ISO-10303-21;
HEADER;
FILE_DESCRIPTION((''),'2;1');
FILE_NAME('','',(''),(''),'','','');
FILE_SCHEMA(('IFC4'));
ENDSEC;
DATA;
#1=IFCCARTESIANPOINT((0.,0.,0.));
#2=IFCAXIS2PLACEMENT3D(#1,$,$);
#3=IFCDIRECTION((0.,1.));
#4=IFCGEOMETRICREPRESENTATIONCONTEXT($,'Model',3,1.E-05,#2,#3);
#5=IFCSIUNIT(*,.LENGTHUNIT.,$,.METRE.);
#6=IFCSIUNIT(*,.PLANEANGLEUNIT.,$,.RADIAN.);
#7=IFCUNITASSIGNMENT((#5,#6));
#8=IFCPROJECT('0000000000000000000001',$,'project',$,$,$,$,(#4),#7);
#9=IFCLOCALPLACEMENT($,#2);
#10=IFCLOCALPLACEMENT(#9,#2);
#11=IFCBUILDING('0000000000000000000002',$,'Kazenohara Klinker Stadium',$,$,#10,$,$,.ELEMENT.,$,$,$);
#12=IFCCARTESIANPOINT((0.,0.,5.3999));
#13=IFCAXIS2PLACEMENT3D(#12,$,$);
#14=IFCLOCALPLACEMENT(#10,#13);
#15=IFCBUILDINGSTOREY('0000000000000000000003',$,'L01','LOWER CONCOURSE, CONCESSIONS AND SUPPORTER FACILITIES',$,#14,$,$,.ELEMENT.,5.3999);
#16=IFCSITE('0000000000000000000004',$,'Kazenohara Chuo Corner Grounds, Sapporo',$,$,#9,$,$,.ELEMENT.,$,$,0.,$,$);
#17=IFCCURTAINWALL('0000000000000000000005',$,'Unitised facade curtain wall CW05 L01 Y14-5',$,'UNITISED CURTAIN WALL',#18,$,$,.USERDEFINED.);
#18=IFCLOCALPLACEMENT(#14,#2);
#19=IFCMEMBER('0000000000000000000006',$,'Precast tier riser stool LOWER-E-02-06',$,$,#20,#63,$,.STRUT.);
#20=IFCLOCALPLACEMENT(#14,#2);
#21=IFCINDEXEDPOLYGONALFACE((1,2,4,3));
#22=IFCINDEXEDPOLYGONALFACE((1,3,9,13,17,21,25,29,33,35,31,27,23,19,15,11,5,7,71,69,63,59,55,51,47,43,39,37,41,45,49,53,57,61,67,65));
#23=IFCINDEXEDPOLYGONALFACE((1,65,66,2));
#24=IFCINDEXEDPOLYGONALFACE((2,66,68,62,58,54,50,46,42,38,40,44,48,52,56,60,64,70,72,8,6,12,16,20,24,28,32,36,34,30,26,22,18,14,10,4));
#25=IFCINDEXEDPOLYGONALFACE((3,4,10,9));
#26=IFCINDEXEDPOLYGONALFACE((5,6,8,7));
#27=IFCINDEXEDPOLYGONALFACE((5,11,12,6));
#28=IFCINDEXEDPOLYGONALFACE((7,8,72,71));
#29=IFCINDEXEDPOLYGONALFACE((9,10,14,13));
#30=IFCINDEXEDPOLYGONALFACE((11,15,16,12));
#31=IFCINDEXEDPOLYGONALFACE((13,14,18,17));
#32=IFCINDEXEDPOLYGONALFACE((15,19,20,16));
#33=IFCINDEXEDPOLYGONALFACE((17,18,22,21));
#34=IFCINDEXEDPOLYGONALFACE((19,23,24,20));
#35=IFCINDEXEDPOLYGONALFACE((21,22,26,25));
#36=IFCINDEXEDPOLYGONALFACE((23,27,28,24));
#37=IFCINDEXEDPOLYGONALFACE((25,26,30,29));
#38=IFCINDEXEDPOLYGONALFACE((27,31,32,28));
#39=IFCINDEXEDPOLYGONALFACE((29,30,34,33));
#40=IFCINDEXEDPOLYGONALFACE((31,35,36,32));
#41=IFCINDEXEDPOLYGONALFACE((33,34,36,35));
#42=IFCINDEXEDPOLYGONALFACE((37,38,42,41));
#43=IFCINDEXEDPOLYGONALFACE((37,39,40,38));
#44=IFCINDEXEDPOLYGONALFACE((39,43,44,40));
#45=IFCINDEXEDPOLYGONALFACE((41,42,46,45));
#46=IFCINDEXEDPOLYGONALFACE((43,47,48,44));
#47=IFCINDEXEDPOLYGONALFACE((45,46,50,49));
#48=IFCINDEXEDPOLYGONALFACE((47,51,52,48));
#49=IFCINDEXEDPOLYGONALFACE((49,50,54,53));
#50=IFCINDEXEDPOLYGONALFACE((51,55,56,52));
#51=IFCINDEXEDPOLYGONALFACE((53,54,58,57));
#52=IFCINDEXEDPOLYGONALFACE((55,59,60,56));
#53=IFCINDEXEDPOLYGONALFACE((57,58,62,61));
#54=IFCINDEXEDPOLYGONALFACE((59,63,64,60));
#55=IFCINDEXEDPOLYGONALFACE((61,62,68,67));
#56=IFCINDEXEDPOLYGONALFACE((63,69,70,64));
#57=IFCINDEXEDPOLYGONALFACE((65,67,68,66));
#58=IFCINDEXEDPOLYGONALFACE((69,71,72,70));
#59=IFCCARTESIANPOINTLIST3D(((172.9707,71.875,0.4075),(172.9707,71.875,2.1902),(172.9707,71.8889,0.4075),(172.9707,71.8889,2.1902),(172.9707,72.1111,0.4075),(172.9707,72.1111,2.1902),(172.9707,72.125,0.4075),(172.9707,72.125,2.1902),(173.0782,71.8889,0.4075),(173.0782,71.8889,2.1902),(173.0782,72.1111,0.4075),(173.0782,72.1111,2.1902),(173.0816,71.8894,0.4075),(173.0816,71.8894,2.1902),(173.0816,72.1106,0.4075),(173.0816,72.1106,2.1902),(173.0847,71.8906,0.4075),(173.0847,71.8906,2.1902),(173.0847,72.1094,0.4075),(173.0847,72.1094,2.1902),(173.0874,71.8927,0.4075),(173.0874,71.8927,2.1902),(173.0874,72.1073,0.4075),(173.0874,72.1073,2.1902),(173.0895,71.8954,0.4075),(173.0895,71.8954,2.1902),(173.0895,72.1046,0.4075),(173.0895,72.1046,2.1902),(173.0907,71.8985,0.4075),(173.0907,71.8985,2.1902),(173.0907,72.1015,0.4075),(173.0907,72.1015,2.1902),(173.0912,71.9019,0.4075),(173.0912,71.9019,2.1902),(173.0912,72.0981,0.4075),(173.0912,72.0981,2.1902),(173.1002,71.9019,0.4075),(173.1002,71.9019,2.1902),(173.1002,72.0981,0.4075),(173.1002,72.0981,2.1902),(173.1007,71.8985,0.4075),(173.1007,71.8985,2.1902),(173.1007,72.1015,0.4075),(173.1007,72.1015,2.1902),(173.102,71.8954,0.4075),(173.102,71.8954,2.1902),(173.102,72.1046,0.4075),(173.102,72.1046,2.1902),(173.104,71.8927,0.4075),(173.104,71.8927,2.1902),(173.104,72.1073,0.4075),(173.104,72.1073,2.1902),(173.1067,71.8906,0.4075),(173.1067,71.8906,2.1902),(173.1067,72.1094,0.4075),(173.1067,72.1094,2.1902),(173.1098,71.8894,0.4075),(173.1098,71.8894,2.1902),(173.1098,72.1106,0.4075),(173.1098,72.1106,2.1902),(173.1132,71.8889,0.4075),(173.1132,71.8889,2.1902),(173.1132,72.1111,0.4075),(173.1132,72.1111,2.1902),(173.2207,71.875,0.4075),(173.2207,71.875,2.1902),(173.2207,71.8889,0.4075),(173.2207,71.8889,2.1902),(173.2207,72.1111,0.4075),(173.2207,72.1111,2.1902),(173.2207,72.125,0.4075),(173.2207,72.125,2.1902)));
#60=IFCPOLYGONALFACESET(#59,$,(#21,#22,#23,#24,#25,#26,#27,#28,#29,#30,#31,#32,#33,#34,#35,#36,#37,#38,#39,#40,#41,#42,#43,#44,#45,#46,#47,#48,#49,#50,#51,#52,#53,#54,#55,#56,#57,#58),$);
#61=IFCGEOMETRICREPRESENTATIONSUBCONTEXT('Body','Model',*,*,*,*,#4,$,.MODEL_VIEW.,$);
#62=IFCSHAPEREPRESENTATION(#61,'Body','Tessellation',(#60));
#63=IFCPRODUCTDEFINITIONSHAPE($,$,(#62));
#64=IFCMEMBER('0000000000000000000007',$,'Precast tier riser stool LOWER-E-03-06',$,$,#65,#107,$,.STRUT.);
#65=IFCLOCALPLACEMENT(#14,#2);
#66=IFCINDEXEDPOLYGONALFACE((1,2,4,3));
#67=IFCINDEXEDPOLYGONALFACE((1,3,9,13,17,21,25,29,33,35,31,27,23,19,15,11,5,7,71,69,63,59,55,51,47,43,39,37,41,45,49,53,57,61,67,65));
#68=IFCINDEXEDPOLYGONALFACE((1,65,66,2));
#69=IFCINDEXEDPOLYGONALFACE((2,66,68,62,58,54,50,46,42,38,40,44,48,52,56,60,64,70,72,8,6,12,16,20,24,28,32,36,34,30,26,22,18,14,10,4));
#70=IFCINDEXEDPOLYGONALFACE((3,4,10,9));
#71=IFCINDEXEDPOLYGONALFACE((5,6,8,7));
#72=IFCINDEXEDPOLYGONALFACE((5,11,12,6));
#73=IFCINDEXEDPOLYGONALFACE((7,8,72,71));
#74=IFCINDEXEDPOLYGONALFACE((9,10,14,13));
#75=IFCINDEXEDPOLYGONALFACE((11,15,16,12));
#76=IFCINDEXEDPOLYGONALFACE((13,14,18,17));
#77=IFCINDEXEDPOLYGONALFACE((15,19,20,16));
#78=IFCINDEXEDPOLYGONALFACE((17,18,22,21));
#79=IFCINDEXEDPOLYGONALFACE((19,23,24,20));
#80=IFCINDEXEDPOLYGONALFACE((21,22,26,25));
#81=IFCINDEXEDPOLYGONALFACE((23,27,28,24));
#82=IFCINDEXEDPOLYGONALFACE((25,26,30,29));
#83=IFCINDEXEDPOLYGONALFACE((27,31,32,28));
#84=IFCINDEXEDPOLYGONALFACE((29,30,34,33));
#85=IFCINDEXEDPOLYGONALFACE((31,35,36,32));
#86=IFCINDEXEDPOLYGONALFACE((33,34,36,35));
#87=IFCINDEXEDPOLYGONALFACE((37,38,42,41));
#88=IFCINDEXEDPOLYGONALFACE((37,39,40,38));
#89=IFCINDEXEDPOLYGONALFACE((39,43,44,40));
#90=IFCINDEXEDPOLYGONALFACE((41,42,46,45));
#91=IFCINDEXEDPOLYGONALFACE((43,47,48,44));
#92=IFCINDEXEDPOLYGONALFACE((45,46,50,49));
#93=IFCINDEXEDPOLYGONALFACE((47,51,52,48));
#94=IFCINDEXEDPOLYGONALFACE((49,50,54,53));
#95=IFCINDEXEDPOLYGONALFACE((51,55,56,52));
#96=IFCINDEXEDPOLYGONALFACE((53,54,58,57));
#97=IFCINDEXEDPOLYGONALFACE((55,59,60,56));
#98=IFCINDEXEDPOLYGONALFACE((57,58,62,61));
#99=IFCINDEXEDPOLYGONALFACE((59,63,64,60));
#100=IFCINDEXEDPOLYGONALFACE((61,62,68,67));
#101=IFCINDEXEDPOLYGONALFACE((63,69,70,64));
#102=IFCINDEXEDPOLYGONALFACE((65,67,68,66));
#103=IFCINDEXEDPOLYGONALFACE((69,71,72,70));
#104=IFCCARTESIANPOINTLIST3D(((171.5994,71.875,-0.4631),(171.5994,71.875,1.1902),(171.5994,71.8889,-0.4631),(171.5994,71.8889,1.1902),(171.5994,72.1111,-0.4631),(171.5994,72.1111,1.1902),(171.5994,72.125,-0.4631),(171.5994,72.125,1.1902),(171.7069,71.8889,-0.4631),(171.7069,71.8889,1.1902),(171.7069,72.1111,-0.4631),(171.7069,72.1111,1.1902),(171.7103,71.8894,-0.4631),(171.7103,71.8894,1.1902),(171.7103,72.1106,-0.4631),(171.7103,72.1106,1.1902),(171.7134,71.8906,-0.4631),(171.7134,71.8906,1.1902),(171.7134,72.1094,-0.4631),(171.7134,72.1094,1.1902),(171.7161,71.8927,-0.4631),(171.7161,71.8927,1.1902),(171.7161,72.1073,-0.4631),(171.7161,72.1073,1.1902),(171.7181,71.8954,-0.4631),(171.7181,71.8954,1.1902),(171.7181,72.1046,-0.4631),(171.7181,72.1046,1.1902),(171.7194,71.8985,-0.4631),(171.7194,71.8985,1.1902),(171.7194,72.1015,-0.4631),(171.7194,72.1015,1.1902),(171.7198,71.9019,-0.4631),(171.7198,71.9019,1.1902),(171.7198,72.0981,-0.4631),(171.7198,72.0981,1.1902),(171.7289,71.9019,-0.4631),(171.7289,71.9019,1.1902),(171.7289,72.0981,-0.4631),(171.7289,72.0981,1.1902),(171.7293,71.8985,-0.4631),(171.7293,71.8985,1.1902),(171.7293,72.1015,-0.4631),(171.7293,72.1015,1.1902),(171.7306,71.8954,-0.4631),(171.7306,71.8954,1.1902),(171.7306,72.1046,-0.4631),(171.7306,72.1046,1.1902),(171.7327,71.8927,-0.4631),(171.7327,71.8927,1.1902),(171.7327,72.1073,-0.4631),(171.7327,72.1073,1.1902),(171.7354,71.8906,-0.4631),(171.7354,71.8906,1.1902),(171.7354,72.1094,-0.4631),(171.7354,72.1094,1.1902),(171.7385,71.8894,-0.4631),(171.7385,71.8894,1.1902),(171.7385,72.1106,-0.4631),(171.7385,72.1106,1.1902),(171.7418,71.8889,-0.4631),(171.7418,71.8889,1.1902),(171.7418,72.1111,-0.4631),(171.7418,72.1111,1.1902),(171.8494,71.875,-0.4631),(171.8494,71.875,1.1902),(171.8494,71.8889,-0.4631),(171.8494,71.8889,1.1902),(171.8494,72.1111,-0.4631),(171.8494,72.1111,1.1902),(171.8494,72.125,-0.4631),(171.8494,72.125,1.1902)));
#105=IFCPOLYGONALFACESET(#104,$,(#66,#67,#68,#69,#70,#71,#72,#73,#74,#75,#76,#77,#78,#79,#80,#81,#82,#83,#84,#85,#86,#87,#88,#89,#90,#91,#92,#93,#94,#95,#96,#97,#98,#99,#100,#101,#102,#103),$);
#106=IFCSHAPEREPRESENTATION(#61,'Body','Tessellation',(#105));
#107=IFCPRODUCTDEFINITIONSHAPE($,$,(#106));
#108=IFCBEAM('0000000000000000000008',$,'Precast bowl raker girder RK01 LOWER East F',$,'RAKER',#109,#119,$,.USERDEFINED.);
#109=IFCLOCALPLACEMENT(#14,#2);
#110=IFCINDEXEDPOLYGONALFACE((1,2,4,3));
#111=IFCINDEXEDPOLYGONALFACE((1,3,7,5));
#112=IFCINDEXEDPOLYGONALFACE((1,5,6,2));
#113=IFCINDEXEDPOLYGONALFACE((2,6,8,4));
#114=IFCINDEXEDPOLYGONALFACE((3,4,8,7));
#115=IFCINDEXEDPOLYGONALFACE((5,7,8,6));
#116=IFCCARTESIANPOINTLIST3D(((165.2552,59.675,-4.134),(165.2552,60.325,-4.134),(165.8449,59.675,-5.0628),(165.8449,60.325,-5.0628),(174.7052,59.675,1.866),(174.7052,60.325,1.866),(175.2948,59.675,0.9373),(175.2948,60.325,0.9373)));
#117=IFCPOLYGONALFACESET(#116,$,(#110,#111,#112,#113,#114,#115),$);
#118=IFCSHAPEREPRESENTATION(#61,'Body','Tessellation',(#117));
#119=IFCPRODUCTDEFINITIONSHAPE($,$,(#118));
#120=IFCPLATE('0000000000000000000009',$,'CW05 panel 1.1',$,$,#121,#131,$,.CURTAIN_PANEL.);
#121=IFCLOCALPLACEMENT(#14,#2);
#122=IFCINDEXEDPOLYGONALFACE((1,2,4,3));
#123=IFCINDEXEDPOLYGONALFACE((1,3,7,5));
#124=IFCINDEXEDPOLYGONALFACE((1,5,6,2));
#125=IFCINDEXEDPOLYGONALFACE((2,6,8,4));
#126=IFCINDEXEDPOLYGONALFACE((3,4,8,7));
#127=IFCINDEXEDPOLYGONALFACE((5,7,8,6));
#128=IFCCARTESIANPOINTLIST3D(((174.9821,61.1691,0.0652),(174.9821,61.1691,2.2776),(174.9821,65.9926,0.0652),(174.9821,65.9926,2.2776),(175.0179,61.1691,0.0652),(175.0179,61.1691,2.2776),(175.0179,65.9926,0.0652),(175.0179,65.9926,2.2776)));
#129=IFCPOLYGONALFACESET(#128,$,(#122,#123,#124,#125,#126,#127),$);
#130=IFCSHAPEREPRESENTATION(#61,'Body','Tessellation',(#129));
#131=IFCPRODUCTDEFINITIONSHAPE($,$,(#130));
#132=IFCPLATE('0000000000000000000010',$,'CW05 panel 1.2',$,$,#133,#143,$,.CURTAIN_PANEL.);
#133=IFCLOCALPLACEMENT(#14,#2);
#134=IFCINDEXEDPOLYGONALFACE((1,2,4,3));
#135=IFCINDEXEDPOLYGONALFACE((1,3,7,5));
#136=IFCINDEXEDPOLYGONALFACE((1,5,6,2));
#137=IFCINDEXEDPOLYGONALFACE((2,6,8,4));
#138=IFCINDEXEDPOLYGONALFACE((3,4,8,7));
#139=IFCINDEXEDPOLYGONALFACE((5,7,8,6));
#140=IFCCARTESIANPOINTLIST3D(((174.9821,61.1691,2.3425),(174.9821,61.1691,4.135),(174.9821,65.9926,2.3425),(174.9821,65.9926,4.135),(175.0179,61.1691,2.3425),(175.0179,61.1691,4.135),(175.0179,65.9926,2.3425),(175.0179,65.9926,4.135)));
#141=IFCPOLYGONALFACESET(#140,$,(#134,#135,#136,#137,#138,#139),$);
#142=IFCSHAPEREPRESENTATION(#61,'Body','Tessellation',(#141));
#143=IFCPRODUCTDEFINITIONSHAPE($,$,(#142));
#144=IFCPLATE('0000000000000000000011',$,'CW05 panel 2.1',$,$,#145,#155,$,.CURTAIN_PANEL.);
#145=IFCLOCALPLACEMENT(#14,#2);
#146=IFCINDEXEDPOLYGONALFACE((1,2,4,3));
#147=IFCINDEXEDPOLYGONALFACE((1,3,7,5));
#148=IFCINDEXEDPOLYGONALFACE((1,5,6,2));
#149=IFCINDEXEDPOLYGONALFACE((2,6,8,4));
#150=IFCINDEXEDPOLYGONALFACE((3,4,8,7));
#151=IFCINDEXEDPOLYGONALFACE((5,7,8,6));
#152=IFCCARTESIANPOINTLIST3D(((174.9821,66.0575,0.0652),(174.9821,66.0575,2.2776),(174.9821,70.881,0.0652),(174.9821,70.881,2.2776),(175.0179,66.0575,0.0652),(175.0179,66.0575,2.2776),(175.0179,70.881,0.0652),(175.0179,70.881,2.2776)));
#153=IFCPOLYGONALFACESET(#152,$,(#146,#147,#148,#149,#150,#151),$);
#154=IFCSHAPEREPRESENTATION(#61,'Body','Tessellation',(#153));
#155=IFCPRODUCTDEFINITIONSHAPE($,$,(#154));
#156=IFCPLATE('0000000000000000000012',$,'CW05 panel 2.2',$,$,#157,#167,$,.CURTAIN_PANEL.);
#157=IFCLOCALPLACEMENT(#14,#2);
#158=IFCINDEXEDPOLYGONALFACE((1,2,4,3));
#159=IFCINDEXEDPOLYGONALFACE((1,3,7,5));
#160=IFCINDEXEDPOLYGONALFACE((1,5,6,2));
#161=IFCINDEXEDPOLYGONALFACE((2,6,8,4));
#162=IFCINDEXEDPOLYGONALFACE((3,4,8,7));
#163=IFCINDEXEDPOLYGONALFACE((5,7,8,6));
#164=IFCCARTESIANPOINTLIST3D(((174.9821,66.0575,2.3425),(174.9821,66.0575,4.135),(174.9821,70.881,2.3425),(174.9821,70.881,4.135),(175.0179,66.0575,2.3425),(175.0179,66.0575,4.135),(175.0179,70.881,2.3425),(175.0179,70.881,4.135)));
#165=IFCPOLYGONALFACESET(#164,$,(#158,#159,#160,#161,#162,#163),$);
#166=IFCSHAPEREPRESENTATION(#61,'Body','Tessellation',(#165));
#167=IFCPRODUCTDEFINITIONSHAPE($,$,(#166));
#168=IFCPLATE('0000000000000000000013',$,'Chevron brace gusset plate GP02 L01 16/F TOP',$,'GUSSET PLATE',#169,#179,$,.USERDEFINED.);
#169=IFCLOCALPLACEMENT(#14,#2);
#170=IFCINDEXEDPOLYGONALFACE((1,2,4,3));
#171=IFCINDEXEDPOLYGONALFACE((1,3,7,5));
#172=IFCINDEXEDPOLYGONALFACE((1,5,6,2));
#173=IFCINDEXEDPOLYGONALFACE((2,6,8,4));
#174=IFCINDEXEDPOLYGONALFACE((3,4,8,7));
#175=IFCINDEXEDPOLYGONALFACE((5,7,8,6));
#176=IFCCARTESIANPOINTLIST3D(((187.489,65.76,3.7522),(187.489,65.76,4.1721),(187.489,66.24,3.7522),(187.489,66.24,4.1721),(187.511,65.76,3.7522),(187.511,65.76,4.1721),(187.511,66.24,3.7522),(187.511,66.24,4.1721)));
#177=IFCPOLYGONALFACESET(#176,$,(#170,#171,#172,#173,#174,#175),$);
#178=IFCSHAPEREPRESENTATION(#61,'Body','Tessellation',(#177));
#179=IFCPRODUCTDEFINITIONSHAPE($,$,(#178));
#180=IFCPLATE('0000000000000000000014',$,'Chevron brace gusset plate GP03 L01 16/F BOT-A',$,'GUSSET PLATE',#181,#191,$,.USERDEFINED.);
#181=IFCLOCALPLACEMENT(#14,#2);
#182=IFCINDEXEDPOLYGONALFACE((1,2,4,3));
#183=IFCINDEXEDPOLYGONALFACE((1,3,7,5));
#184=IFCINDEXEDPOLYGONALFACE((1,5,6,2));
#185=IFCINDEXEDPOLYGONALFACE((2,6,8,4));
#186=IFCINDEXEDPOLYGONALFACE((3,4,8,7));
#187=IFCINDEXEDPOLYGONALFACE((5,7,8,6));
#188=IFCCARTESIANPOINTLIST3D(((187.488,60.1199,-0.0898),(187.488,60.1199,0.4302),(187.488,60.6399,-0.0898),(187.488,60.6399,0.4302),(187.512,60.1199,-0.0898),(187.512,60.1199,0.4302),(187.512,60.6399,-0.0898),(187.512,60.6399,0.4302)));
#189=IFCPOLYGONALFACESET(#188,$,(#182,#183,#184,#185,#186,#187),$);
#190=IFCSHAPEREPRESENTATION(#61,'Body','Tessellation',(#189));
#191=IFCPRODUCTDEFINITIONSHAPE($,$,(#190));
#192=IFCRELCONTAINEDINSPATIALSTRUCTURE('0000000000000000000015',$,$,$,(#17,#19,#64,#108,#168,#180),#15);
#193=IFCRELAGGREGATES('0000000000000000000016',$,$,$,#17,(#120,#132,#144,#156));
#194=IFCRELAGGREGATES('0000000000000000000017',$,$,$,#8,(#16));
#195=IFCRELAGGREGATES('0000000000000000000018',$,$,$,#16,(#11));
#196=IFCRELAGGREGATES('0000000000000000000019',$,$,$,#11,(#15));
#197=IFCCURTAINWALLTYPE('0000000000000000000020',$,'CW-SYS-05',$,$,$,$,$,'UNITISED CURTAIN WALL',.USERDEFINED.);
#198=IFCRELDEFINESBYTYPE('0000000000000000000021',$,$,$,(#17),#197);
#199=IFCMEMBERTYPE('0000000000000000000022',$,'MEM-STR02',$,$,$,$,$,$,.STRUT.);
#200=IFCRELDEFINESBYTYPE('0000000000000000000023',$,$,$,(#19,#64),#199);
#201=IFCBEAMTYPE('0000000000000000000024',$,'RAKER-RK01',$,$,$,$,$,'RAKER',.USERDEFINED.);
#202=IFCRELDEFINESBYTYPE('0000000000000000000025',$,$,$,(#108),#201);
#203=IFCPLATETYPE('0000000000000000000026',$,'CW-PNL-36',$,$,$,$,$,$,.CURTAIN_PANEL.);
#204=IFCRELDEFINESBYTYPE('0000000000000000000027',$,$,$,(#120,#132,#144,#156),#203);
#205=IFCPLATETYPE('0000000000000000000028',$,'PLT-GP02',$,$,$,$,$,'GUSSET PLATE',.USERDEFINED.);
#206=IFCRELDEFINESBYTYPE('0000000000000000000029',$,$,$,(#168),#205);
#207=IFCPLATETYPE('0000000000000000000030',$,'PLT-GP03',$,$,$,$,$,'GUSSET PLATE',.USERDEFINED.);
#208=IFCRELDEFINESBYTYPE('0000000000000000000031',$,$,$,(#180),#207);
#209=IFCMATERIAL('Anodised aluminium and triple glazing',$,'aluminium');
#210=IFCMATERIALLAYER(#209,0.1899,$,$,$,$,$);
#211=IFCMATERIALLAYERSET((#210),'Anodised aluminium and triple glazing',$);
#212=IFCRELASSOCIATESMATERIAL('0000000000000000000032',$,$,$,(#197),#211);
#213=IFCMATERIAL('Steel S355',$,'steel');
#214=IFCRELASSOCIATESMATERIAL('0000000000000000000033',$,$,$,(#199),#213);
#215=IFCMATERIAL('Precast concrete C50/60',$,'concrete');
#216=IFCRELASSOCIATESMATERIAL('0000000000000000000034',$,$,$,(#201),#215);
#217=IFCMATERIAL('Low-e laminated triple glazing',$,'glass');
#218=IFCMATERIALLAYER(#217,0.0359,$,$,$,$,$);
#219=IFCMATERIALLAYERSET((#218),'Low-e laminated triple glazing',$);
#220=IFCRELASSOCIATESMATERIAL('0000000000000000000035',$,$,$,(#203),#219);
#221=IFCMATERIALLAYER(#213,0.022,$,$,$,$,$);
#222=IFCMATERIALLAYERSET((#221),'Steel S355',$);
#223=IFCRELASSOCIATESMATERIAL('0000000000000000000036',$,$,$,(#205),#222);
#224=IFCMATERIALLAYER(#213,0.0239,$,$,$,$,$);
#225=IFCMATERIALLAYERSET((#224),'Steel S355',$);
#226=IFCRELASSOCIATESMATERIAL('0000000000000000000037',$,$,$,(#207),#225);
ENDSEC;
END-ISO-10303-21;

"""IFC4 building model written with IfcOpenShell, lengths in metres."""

from ifc_helpers import new_model, si_unit, direction, frame, origin, origin_2d, place, context, subcontext, project, spatial, rectangle, i_section, extrude, material, layer, layer_set, material_profile, profile_set, type_object, element, aggregate, save


model = new_model("IFC4")

# Units and contexts
model_context = context("Model", 3, precision=1e-05, world=origin(), true_north=direction((0.0, 1.0)))
body_context = subcontext(model_context, "Body", "Model", "MODEL_VIEW")
ifc_project = project(units=[si_unit("LENGTHUNIT", "METRE"), si_unit("PLANEANGLEUNIT", "RADIAN")], contexts=[model_context])

# Site, building, storey
site_placement = place(None, origin())
site = spatial("IfcSite", under=ifc_project, at=site_placement, Name="Kazenohara Chuo Corner Grounds, Sapporo", CompositionType="ELEMENT", RefElevation=0.0)
building_placement = place(site_placement, origin())
building = spatial("IfcBuilding", under=site, at=building_placement, Name="Kazenohara Klinker Stadium", CompositionType="ELEMENT")
storey_placement = place(building_placement, frame((0.0, 0.0, 5.3999)))
storey = spatial("IfcBuildingStorey", under=building, at=storey_placement, Name="L01", Description="LOWER CONCOURSE, CONCESSIONS AND SUPPORTER FACILITIES", CompositionType="ELEMENT", Elevation=5.3999)

# Shared definitions
ifc_material_1 = material(Name="Steel S355", Category="steel")

# Curtain wall
ifc_material_2 = material(Name="Anodised aluminium and triple glazing", Category="aluminium")
ifc_layer_1 = layer(ifc_material_2, 0.1899)
ifc_layer_set_1 = layer_set([ifc_layer_1], Name="Anodised aluminium and triple glazing")
curtain_wall_type = type_object("IfcCurtainWallType", Name="CW-SYS-05", ElementType="UNITISED CURTAIN WALL", PredefinedType="USERDEFINED", material=ifc_layer_set_1)
curtain_wall_placement = place(storey_placement, origin())
curtain_wall = element("IfcCurtainWall", 1, at=curtain_wall_placement, inside=storey, type_object=curtain_wall_type, Name="Unitised facade curtain wall CW05 L01 Y14-5", ObjectType="UNITISED CURTAIN WALL", PredefinedType="USERDEFINED")

# Members
ifc_material_profile_1 = material_profile(ifc_material_1, i_section(OverallWidth=0.25, OverallDepth=0.25, WebThickness=0.009, FlangeThickness=0.0139, FilletRadius=0.0129, at=origin_2d()), Name="H-250x250x9x14")
ifc_profile_set_1 = profile_set([ifc_material_profile_1], Name="Steel S355")
member_type_1 = type_object("IfcMemberType", Name="MEM-STR02", PredefinedType="STRUT", material=ifc_profile_set_1)
member_1_placement = place(storey_placement, frame((173.0957, 72.0, 0.4075), z_axis=(0.0, 0.0, 1.0), x_axis=(1.0, 0.0, 0.0)))
element("IfcMember", 2, at=member_1_placement, inside=storey, type_object=member_type_1, Name="Precast tier riser stool LOWER-E-02-06", PredefinedType="STRUT", context=body_context, shape_type="SweptSolid", body=[
    extrude(i_section(OverallWidth=0.25, OverallDepth=0.25, WebThickness=0.009, FlangeThickness=0.0139, FilletRadius=0.0129, at=origin_2d()), origin(), (0.0, 0.0, 1.0), 1.7827),
])
member_2_placement = place(storey_placement, frame((171.7244, 72.0, -0.4631), z_axis=(0.0, 0.0, 1.0), x_axis=(1.0, 0.0, 0.0)))
element("IfcMember", 3, at=member_2_placement, inside=storey, type_object=member_type_1, Name="Precast tier riser stool LOWER-E-03-06", PredefinedType="STRUT", context=body_context, shape_type="SweptSolid", body=[
    extrude(i_section(OverallWidth=0.25, OverallDepth=0.25, WebThickness=0.009, FlangeThickness=0.0139, FilletRadius=0.0129, at=origin_2d()), origin(), (0.0, 0.0, 1.0), 1.6533),
])

# Beam
ifc_material_3 = material(Name="Precast concrete C50/60", Category="concrete")
ifc_material_profile_2 = material_profile(ifc_material_3, rectangle(XDim=0.6499, YDim=1.1001, at=origin_2d()), Name="PC-RAKER-650x1100")
ifc_profile_set_2 = profile_set([ifc_material_profile_2], Name="Precast concrete C50/60")
beam_type_1 = type_object("IfcBeamType", Name="RAKER-RK01", ElementType="RAKER", PredefinedType="USERDEFINED", material=ifc_profile_set_2)
beam_1_placement = place(storey_placement, frame((175.0, 60.0, 1.4016), z_axis=(-0.844212, 0.0, -0.53601), x_axis=(0.0, -1.0, 0.0)))
element("IfcBeam", 4, at=beam_1_placement, inside=storey, type_object=beam_type_1, Name="Precast bowl raker girder RK01 LOWER East F", ObjectType="RAKER", PredefinedType="USERDEFINED", context=body_context, shape_type="SweptSolid", body=[
    extrude(rectangle(XDim=0.6499, YDim=1.1001, at=origin_2d()), origin(), (0.0, 0.0, 1.0), 11.1938),
])

# Plates
ifc_material_4 = material(Name="Low-e laminated triple glazing", Category="glass")
ifc_layer_2 = layer(ifc_material_4, 0.0359)
ifc_layer_set_2 = layer_set([ifc_layer_2], Name="Low-e laminated triple glazing")
plate_type_1 = type_object("IfcPlateType", Name="CW-PNL-36", PredefinedType="CURTAIN_PANEL", material=ifc_layer_set_2)
plate_1_placement = place(storey_placement, frame((175.0, 63.5808, 0.0652), z_axis=(0.0, 0.0, 1.0), x_axis=(0.0, 1.0, 0.0)))
plate_1 = element("IfcPlate", 5, at=plate_1_placement, type_object=plate_type_1, Name="CW05 panel 1.1", PredefinedType="CURTAIN_PANEL", context=body_context, shape_type="SweptSolid", body=[
    extrude(rectangle(XDim=4.8235, YDim=0.0359, at=origin_2d()), origin(), (0.0, 0.0, 1.0), 2.2124),
])
plate_2_placement = place(storey_placement, frame((175.0, 63.5808, 2.3425), z_axis=(0.0, 0.0, 1.0), x_axis=(0.0, 1.0, 0.0)))
plate_2 = element("IfcPlate", 6, at=plate_2_placement, type_object=plate_type_1, Name="CW05 panel 1.2", PredefinedType="CURTAIN_PANEL", context=body_context, shape_type="SweptSolid", body=[
    extrude(rectangle(XDim=4.8235, YDim=0.0359, at=origin_2d()), origin(), (0.0, 0.0, 1.0), 1.7925),
])
plate_3_placement = place(storey_placement, frame((175.0, 68.4692, 0.0652), z_axis=(0.0, 0.0, 1.0), x_axis=(0.0, 1.0, 0.0)))
plate_3 = element("IfcPlate", 7, at=plate_3_placement, type_object=plate_type_1, Name="CW05 panel 2.1", PredefinedType="CURTAIN_PANEL", context=body_context, shape_type="SweptSolid", body=[
    extrude(rectangle(XDim=4.8235, YDim=0.0359, at=origin_2d()), origin(), (0.0, 0.0, 1.0), 2.2124),
])
plate_4_placement = place(storey_placement, frame((175.0, 68.4692, 2.3425), z_axis=(0.0, 0.0, 1.0), x_axis=(0.0, 1.0, 0.0)))
plate_4 = element("IfcPlate", 8, at=plate_4_placement, type_object=plate_type_1, Name="CW05 panel 2.2", PredefinedType="CURTAIN_PANEL", context=body_context, shape_type="SweptSolid", body=[
    extrude(rectangle(XDim=4.8235, YDim=0.0359, at=origin_2d()), origin(), (0.0, 0.0, 1.0), 1.7925),
])
aggregate(curtain_wall, [plate_1, plate_2, plate_3, plate_4])

# Plates
ifc_layer_3 = layer(ifc_material_1, 0.022)
ifc_layer_set_3 = layer_set([ifc_layer_3], Name="Steel S355")
plate_type_2 = type_object("IfcPlateType", Name="PLT-GP02", ElementType="GUSSET PLATE", PredefinedType="USERDEFINED", material=ifc_layer_set_3)
plate_5_placement = place(storey_placement, frame((187.5, 66.0, 3.7522), z_axis=(0.0, 0.0, 1.0), x_axis=(1.0, 0.0, 0.0)))
element("IfcPlate", 9, at=plate_5_placement, inside=storey, type_object=plate_type_2, Name="Chevron brace gusset plate GP02 L01 16/F TOP", ObjectType="GUSSET PLATE", PredefinedType="USERDEFINED", context=body_context, shape_type="SweptSolid", body=[
    extrude(rectangle(XDim=0.022, YDim=0.48, at=origin_2d()), origin(), (0.0, 0.0, 1.0), 0.4199),
])
ifc_layer_4 = layer(ifc_material_1, 0.0239)
ifc_layer_set_4 = layer_set([ifc_layer_4], Name="Steel S355")
plate_type_3 = type_object("IfcPlateType", Name="PLT-GP03", ElementType="GUSSET PLATE", PredefinedType="USERDEFINED", material=ifc_layer_set_4)
plate_6_placement = place(storey_placement, frame((187.5, 60.3799, -0.0898), z_axis=(0.0, 0.0, 1.0), x_axis=(1.0, 0.0, 0.0)))
element("IfcPlate", 10, at=plate_6_placement, inside=storey, type_object=plate_type_3, Name="Chevron brace gusset plate GP03 L01 16/F BOT-A", ObjectType="GUSSET PLATE", PredefinedType="USERDEFINED", context=body_context, shape_type="SweptSolid", body=[
    extrude(rectangle(XDim=0.0239, YDim=0.52, at=origin_2d()), origin(), (0.0, 0.0, 1.0), 0.52),
])

save(model, "model.ifc")
